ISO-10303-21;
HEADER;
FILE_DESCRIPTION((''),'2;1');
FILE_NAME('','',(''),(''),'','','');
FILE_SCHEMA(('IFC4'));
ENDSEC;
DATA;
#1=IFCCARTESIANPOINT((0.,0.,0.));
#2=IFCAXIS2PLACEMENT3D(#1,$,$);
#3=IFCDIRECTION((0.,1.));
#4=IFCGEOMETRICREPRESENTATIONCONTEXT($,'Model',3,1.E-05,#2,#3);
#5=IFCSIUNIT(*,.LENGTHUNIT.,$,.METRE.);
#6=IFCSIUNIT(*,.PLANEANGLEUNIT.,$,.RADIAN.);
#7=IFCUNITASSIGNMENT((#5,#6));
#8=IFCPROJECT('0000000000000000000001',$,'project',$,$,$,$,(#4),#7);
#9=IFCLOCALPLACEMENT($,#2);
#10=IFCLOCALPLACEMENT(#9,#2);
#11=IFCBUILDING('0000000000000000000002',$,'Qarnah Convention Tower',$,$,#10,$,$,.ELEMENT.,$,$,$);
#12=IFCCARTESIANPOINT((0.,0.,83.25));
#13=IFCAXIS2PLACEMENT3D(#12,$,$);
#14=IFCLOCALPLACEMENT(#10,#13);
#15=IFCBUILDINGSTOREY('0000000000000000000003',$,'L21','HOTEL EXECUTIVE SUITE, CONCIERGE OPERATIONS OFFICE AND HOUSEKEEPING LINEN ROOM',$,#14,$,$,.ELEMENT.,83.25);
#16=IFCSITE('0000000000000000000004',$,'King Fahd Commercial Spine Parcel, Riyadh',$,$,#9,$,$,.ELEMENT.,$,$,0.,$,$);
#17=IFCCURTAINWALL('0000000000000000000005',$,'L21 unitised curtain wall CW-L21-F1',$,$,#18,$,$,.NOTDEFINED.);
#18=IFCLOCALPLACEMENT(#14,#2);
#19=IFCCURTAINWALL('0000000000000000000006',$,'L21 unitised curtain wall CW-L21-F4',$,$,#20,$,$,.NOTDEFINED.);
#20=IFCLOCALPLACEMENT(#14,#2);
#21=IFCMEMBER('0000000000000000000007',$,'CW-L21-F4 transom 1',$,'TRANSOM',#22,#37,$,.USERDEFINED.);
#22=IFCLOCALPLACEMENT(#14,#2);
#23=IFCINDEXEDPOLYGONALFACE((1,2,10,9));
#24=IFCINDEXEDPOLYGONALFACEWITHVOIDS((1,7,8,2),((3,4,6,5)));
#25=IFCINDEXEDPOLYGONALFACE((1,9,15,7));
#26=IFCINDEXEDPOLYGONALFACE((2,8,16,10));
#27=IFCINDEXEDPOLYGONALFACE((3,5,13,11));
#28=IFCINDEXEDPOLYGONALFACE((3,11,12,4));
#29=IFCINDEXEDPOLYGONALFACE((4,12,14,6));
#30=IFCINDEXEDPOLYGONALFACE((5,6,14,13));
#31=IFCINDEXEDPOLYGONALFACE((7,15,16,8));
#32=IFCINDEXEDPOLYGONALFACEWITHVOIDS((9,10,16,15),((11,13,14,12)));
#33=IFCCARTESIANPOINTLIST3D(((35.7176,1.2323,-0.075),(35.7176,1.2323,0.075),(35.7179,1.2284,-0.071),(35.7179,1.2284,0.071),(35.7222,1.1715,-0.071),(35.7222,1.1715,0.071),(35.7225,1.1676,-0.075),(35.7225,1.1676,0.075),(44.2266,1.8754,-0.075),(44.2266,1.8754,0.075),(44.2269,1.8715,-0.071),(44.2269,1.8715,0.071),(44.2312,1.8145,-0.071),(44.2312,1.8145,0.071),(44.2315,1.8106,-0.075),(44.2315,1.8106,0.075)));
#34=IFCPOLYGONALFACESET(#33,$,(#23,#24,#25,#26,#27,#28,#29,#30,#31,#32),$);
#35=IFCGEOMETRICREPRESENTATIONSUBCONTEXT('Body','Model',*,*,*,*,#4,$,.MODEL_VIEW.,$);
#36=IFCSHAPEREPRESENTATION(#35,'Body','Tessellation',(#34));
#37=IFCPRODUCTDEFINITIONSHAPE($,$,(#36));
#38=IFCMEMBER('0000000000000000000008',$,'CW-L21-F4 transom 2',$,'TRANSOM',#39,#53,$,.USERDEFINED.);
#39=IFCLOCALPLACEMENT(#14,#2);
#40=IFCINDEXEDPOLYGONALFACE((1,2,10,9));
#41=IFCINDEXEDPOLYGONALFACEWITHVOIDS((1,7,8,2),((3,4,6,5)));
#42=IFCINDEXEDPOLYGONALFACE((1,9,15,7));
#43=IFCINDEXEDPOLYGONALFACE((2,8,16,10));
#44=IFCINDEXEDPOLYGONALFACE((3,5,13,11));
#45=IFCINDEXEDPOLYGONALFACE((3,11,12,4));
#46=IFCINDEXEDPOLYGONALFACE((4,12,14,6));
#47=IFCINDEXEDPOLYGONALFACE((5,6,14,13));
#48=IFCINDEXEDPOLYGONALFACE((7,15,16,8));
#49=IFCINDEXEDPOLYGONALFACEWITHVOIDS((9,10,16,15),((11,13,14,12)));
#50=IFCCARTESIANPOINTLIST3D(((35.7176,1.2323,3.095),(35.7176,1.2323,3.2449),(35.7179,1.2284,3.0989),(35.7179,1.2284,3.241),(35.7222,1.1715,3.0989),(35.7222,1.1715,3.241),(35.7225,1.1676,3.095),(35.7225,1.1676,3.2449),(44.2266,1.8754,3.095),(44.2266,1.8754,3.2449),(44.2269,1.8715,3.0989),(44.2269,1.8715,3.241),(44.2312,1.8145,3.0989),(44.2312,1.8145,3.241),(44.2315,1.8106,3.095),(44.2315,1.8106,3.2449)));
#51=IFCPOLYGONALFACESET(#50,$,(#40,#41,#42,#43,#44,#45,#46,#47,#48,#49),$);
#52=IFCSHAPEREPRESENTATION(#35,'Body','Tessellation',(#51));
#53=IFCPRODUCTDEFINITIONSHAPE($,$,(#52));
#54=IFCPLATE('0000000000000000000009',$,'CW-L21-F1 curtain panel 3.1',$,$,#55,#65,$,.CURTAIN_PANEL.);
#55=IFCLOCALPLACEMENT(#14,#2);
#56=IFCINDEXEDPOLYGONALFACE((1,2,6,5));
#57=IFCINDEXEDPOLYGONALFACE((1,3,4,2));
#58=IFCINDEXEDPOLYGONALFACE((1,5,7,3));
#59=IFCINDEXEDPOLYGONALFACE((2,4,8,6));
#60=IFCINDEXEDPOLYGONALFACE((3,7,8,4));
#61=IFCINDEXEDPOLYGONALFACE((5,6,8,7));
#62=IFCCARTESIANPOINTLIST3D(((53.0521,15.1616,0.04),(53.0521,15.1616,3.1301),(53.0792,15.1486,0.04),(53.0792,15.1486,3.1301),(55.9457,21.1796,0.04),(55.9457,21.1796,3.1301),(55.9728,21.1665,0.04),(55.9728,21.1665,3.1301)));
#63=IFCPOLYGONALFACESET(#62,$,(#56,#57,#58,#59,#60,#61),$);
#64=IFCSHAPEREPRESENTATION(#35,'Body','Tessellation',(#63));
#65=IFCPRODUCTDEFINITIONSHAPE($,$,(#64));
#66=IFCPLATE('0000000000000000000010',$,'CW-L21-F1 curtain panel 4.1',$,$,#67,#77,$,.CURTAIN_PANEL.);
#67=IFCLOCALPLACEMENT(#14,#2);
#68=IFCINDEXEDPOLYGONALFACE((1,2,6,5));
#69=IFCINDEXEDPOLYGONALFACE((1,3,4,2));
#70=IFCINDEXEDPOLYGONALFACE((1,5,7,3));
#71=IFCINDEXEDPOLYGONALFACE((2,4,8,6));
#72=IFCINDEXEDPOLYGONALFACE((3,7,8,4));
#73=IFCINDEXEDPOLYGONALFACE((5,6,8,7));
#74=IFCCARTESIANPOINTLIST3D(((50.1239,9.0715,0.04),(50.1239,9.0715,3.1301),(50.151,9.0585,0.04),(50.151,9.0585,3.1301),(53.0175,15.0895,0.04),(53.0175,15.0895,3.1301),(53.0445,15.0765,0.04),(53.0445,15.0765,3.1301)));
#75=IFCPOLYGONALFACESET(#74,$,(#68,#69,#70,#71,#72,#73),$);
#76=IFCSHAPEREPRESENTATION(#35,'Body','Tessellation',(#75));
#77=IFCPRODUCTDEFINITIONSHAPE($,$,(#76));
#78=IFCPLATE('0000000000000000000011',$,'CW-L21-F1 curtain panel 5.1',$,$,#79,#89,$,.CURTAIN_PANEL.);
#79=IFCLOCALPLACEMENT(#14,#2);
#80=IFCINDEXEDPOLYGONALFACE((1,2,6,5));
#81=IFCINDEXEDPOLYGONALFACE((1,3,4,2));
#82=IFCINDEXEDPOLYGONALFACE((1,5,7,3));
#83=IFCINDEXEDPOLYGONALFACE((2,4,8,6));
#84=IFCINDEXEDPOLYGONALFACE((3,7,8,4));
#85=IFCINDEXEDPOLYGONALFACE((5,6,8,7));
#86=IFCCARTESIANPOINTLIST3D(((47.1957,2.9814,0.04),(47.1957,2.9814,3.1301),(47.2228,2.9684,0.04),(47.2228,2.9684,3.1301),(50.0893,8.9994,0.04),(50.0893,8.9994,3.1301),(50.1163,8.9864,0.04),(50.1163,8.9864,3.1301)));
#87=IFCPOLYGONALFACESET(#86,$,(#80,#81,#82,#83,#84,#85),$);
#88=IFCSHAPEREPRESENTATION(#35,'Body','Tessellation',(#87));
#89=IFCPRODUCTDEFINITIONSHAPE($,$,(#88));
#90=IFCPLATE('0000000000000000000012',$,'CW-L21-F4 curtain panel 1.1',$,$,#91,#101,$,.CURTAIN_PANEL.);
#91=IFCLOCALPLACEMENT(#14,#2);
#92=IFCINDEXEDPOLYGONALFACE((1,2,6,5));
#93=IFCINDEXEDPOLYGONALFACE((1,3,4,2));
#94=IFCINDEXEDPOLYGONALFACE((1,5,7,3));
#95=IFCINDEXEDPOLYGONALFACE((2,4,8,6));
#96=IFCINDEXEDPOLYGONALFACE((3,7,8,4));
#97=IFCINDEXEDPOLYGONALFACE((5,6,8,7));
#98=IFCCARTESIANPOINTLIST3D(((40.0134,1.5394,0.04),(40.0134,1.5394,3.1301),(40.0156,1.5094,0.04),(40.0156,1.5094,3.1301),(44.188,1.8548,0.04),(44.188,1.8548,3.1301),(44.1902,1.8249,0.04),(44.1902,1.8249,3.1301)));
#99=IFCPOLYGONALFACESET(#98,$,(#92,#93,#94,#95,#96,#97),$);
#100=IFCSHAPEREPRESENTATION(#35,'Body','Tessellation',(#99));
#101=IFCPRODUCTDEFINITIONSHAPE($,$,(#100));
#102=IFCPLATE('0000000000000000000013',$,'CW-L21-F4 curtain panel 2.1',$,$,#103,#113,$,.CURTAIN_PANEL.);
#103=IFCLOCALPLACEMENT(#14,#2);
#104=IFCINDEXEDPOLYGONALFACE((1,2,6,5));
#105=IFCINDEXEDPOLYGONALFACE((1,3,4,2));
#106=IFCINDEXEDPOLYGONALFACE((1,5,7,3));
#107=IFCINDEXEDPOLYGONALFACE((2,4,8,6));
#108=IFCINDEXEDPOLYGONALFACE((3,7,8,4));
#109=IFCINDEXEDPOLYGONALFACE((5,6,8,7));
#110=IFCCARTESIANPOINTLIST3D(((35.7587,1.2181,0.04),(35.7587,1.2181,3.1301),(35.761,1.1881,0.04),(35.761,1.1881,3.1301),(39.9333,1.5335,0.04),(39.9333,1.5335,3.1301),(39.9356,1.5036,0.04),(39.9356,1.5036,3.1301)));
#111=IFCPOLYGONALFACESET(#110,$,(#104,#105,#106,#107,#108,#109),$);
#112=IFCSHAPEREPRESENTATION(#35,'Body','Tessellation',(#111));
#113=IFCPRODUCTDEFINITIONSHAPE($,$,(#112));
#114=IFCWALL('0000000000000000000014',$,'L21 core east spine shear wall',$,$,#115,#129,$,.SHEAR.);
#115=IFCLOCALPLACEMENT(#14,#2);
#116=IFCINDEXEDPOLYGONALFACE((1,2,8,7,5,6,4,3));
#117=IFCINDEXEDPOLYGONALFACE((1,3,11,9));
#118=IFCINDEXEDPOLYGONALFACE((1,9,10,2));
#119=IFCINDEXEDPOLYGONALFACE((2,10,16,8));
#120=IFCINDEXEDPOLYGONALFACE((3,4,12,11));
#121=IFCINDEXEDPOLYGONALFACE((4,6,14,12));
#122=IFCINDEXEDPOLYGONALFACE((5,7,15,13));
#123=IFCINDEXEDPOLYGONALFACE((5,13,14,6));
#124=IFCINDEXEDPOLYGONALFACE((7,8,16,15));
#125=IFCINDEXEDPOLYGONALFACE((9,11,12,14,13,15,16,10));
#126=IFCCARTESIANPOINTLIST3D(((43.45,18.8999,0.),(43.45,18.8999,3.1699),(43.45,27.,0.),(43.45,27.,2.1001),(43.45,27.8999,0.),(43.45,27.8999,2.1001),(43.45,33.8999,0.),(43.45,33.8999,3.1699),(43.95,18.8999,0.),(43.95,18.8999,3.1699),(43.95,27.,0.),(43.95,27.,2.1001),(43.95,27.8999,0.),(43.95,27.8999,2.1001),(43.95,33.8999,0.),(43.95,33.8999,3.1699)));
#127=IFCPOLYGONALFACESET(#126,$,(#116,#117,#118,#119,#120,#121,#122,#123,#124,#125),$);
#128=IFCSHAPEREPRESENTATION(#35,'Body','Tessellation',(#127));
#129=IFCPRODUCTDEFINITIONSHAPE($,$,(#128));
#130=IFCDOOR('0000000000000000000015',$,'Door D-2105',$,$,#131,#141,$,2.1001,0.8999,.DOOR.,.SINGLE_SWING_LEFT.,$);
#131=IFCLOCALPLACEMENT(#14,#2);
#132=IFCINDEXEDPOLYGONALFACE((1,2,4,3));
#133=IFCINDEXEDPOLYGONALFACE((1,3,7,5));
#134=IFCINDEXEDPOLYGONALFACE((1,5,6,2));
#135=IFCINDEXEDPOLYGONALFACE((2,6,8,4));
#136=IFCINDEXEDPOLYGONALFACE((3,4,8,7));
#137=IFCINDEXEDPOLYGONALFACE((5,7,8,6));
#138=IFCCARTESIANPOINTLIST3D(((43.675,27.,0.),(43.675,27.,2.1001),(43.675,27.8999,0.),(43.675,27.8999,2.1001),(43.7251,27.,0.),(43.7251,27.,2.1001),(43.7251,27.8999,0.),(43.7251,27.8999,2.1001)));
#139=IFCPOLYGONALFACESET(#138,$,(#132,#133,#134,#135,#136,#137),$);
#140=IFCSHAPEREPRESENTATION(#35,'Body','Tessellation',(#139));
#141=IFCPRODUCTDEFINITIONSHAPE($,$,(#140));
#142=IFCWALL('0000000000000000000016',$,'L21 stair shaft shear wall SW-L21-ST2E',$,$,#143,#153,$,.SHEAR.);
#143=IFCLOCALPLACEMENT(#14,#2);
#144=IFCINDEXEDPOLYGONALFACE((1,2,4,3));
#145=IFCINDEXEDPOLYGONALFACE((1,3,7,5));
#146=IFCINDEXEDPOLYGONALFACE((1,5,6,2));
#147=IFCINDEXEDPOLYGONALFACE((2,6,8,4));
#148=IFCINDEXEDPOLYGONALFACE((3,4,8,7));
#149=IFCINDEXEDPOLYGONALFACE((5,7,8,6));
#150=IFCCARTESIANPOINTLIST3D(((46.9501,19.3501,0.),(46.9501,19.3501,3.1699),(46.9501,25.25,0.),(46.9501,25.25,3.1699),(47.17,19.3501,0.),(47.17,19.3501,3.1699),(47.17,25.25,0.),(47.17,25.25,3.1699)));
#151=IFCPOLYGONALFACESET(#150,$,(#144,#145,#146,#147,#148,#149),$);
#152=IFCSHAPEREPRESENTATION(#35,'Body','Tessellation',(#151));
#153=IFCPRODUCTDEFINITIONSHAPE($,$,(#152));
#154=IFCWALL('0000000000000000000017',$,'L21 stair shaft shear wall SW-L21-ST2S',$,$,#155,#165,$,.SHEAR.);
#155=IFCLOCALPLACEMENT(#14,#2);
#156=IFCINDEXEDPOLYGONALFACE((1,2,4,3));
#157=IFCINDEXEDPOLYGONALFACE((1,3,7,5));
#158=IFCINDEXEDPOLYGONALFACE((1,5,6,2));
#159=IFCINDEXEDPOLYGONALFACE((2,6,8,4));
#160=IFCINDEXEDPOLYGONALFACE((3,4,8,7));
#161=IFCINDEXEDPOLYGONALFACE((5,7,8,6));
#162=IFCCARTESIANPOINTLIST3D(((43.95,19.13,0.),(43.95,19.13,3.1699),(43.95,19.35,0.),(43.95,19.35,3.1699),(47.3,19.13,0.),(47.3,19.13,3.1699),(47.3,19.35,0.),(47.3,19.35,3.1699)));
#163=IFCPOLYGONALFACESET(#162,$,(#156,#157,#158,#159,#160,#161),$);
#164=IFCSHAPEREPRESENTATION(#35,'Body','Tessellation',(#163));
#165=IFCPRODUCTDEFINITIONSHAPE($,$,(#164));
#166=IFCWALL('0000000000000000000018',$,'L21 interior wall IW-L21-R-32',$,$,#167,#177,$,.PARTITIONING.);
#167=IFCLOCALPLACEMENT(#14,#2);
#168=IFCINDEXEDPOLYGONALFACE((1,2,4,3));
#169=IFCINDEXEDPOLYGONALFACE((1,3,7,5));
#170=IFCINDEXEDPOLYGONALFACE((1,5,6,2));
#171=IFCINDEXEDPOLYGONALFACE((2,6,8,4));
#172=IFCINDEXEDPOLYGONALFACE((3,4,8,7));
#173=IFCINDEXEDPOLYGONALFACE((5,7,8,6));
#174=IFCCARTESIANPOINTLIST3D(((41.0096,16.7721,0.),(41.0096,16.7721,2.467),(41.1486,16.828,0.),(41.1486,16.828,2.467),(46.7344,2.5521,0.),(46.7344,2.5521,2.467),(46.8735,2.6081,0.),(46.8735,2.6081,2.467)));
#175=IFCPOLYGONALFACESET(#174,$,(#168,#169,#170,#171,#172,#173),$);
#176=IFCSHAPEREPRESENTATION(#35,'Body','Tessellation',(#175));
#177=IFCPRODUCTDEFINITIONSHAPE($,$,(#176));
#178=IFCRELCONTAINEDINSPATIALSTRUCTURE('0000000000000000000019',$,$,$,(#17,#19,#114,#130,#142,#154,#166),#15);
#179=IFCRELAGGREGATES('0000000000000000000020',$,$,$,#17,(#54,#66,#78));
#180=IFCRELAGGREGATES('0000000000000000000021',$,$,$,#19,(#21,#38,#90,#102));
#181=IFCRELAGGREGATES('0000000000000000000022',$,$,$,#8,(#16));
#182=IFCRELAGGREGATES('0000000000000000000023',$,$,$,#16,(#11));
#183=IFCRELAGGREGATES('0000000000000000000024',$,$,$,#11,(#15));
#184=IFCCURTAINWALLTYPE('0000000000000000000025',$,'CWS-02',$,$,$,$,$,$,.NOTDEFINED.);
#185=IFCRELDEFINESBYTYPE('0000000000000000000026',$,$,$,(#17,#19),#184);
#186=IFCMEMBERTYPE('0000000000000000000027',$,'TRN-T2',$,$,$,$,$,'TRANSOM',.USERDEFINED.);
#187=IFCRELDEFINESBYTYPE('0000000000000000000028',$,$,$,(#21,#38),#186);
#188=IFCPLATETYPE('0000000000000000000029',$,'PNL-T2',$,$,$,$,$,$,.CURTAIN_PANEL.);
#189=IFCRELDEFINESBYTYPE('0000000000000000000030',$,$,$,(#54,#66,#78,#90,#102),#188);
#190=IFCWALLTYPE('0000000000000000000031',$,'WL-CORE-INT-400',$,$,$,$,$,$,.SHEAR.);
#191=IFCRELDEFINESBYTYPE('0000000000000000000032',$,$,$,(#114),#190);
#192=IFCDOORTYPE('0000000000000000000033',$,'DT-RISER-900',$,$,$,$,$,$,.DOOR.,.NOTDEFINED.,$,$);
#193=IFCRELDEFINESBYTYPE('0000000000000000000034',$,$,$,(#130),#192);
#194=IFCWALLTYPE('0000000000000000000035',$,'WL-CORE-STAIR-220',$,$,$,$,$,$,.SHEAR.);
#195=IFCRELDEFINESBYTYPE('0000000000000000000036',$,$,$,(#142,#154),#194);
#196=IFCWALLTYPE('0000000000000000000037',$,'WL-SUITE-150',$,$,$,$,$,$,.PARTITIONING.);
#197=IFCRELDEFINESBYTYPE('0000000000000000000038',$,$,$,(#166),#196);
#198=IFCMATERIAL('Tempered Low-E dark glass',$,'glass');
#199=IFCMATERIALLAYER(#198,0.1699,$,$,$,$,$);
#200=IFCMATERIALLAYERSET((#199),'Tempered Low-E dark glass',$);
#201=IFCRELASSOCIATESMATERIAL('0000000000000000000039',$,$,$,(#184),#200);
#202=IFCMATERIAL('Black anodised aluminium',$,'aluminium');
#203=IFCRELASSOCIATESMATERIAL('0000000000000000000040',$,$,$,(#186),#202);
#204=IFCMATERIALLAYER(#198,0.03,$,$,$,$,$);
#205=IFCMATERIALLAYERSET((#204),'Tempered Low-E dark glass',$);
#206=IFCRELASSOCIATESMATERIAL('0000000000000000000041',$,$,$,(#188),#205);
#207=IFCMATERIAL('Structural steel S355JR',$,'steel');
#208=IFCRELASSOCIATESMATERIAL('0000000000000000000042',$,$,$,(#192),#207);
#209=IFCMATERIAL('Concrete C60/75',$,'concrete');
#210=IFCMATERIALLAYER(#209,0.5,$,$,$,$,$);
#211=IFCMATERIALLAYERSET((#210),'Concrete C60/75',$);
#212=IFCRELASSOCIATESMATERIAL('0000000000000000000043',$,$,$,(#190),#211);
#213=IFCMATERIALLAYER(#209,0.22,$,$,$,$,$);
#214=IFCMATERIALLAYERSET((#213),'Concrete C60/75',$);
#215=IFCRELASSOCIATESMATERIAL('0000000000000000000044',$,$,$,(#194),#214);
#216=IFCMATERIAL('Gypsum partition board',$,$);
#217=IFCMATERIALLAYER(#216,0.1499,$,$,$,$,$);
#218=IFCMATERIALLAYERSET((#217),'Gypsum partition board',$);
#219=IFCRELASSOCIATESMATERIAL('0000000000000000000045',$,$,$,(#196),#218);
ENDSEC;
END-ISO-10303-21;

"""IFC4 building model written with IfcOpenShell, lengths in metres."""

from ifc_helpers import new_model, si_unit, direction, frame, frame_2d, origin, origin_2d, place, context, subcontext, project, spatial, rectangle, hollow_rectangle, extrude, material, layer, layer_set, material_profile, profile_set, type_object, element, fill, aggregate, save


model = new_model("IFC4")

# Units and contexts
model_context = context("Model", 3, precision=1e-05, world=origin(), true_north=direction((0.0, 1.0)))
body_context = subcontext(model_context, "Body", "Model", "MODEL_VIEW")
ifc_project = project(units=[si_unit("LENGTHUNIT", "METRE"), si_unit("PLANEANGLEUNIT", "RADIAN")], contexts=[model_context])

# Site, building, storey
site_placement = place(None, origin())
site = spatial("IfcSite", under=ifc_project, at=site_placement, Name="King Fahd Commercial Spine Parcel, Riyadh", CompositionType="ELEMENT", RefElevation=0.0)
building_placement = place(site_placement, origin())
building = spatial("IfcBuilding", under=site, at=building_placement, Name="Qarnah Convention Tower", CompositionType="ELEMENT")
storey_placement = place(building_placement, frame((0.0, 0.0, 83.25)))
storey = spatial("IfcBuildingStorey", under=building, at=storey_placement, Name="L21", Description="HOTEL EXECUTIVE SUITE, CONCIERGE OPERATIONS OFFICE AND HOUSEKEEPING LINEN ROOM", CompositionType="ELEMENT", Elevation=83.25)

# Shared definitions
ifc_material_1 = material(Name="Concrete C60/75", Category="concrete")

# Shared definitions
ifc_material_2 = material(Name="Structural steel S355JR", Category="steel")

# Curtain walls, members
ifc_material_3 = material(Name="Tempered Low-E dark glass", Category="glass")
ifc_layer_1 = layer(ifc_material_3, 0.1699)
ifc_layer_set_1 = layer_set([ifc_layer_1], Name="Tempered Low-E dark glass")
curtain_wall_type = type_object("IfcCurtainWallType", Name="CWS-02", PredefinedType="NOTDEFINED", material=ifc_layer_set_1)
curtain_wall_1_placement = place(storey_placement, origin())
curtain_wall_1 = element("IfcCurtainWall", 1, at=curtain_wall_1_placement, inside=storey, type_object=curtain_wall_type, Name="L21 unitised curtain wall CW-L21-F1", PredefinedType="NOTDEFINED")
ifc_material_4 = material(Name="Black anodised aluminium", Category="aluminium")
curtain_wall_2_placement = place(storey_placement, origin())
curtain_wall_2 = element("IfcCurtainWall", 2, at=curtain_wall_2_placement, inside=storey, type_object=curtain_wall_type, Name="L21 unitised curtain wall CW-L21-F4", PredefinedType="NOTDEFINED")
ifc_material_profile_1 = material_profile(ifc_material_4, hollow_rectangle(XDim=0.0649, YDim=0.1499, WallThickness=0.0039, at=origin_2d()), Name="TRN-65X150")
ifc_profile_set_1 = profile_set([ifc_material_profile_1], Name="Black anodised aluminium")
member_type_1 = type_object("IfcMemberType", Name="TRN-T2", ElementType="TRANSOM", PredefinedType="USERDEFINED", material=ifc_profile_set_1)
member_1_placement = place(storey_placement, frame((44.229, 1.843, 0.0), z_axis=(-0.997156, -0.07536, 0.0), x_axis=(0.07536, -0.997156, 0.0)))
member_1 = element("IfcMember", 3, at=member_1_placement, type_object=member_type_1, Name="CW-L21-F4 transom 1", ObjectType="TRANSOM", PredefinedType="USERDEFINED", context=body_context, shape_type="SweptSolid", body=[
    extrude(hollow_rectangle(XDim=0.0649, YDim=0.1499, WallThickness=0.0039, at=origin_2d()), origin(), (0.0, 0.0, 1.0), 8.5332),
])
member_2_placement = place(storey_placement, frame((44.229, 1.843, 3.1699), z_axis=(-0.997156, -0.07536, 0.0), x_axis=(0.07536, -0.997156, 0.0)))
member_2 = element("IfcMember", 4, at=member_2_placement, type_object=member_type_1, Name="CW-L21-F4 transom 2", ObjectType="TRANSOM", PredefinedType="USERDEFINED", context=body_context, shape_type="SweptSolid", body=[
    extrude(hollow_rectangle(XDim=0.0649, YDim=0.1499, WallThickness=0.0039, at=origin_2d()), origin(), (0.0, 0.0, 1.0), 8.5332),
])

# Plates
ifc_layer_2 = layer(ifc_material_3, 0.03)
ifc_layer_set_2 = layer_set([ifc_layer_2], Name="Tempered Low-E dark glass")
plate_type = type_object("IfcPlateType", Name="PNL-T2", PredefinedType="CURTAIN_PANEL", material=ifc_layer_set_2)
plate_1_placement = place(storey_placement, frame((54.5125, 18.1641, 0.04), z_axis=(0.0, 0.0, 1.0), x_axis=(-0.433332, -0.901234, 0.0)))
plate_1 = element("IfcPlate", 5, at=plate_1_placement, type_object=plate_type, Name="CW-L21-F1 curtain panel 3.1", PredefinedType="CURTAIN_PANEL", context=body_context, shape_type="SweptSolid", body=[
    extrude(rectangle(XDim=6.6775, YDim=0.03, at=origin_2d()), origin(), (0.0, 0.0, 1.0), 3.0901),
])
plate_2_placement = place(storey_placement, frame((51.5842, 12.074, 0.04), z_axis=(0.0, 0.0, 1.0), x_axis=(-0.433332, -0.901234, 0.0)))
plate_2 = element("IfcPlate", 6, at=plate_2_placement, type_object=plate_type, Name="CW-L21-F1 curtain panel 4.1", PredefinedType="CURTAIN_PANEL", context=body_context, shape_type="SweptSolid", body=[
    extrude(rectangle(XDim=6.6775, YDim=0.03, at=origin_2d()), origin(), (0.0, 0.0, 1.0), 3.0901),
])
plate_3_placement = place(storey_placement, frame((48.656, 5.9839, 0.04), z_axis=(0.0, 0.0, 1.0), x_axis=(-0.433332, -0.901234, 0.0)))
plate_3 = element("IfcPlate", 7, at=plate_3_placement, type_object=plate_type, Name="CW-L21-F1 curtain panel 5.1", PredefinedType="CURTAIN_PANEL", context=body_context, shape_type="SweptSolid", body=[
    extrude(rectangle(XDim=6.6775, YDim=0.03, at=origin_2d()), origin(), (0.0, 0.0, 1.0), 3.0901),
])
aggregate(curtain_wall_1, [plate_1, plate_2, plate_3])
plate_4_placement = place(storey_placement, frame((42.1018, 1.6821, 0.04), z_axis=(0.0, 0.0, 1.0), x_axis=(-0.997157, -0.075352, 0.0)))
plate_4 = element("IfcPlate", 8, at=plate_4_placement, type_object=plate_type, Name="CW-L21-F4 curtain panel 1.1", PredefinedType="CURTAIN_PANEL", context=body_context, shape_type="SweptSolid", body=[
    extrude(rectangle(XDim=4.1865, YDim=0.03, at=origin_2d()), origin(), (0.0, 0.0, 1.0), 3.0901),
])
plate_5_placement = place(storey_placement, frame((37.8472, 1.3608, 0.04), z_axis=(0.0, 0.0, 1.0), x_axis=(-0.997157, -0.075352, 0.0)))
plate_5 = element("IfcPlate", 9, at=plate_5_placement, type_object=plate_type, Name="CW-L21-F4 curtain panel 2.1", PredefinedType="CURTAIN_PANEL", context=body_context, shape_type="SweptSolid", body=[
    extrude(rectangle(XDim=4.1865, YDim=0.03, at=origin_2d()), origin(), (0.0, 0.0, 1.0), 3.0901),
])
aggregate(curtain_wall_2, [member_1, member_2, plate_4, plate_5])

# Shared definitions
door_type_1 = type_object("IfcDoorType", Name="DT-RISER-900", OperationType="NOTDEFINED", PredefinedType="DOOR", material=ifc_material_2)

# Wall, opening, door
ifc_layer_3 = layer(ifc_material_1, 0.5)
ifc_layer_set_3 = layer_set([ifc_layer_3], Name="Concrete C60/75")
wall_type_1 = type_object("IfcWallType", Name="WL-CORE-INT-400", PredefinedType="SHEAR", material=ifc_layer_set_3)
wall_1_placement = place(storey_placement, frame((43.7, 18.8999, 0.0), z_axis=(0.0, 0.0, 1.0), x_axis=(0.0, 1.0, 0.0)))
wall_1 = element("IfcWall", 10, at=wall_1_placement, inside=storey, type_object=wall_type_1, Name="L21 core east spine shear wall", PredefinedType="SHEAR", context=body_context, shape_type="SweptSolid", body=[
    extrude(rectangle(XDim=15.0, YDim=0.5, at=frame_2d((7.5, 0.0))), origin(), (0.0, 0.0, 1.0), 3.1699),
])
opening_1_placement = place(wall_1_placement, frame((8.1001, 0.0, 0.0)))
opening_1 = element("IfcOpeningElement", 11, at=opening_1_placement, cuts=wall_1, PredefinedType="OPENING", context=body_context, shape_type="SweptSolid", body=[
    extrude(rectangle(XDim=0.8999, YDim=2.1001, at=frame_2d((0.45, 1.05))), frame((0.0, 0.26, 0.0), z_axis=(0.0, -1.0, 0.0), x_axis=(1.0, 0.0, 0.0)), (0.0, 0.0, 1.0), 0.52),
])
door_1_placement = place(opening_1_placement, origin())
door_1 = element("IfcDoor", 12, at=door_1_placement, inside=storey, type_object=door_type_1, Name="Door D-2105", OperationType="SINGLE_SWING_LEFT", OverallHeight=2.1001, OverallWidth=0.8999, PredefinedType="DOOR", context=body_context, shape_type="SweptSolid", body=[
    extrude(rectangle(XDim=0.8999, YDim=2.1001, at=frame_2d((0.45, 1.05))), frame((0.0, 0.0249, 0.0), z_axis=(0.0, -1.0, 0.0), x_axis=(1.0, 0.0, 0.0)), (0.0, 0.0, 1.0), 0.05),
])
fill(opening_1, door_1)

# Walls
ifc_layer_4 = layer(ifc_material_1, 0.22)
ifc_layer_set_4 = layer_set([ifc_layer_4], Name="Concrete C60/75")
wall_type_2 = type_object("IfcWallType", Name="WL-CORE-STAIR-220", PredefinedType="SHEAR", material=ifc_layer_set_4)
wall_2_placement = place(storey_placement, frame((47.0601, 19.3501, 0.0), z_axis=(0.0, 0.0, 1.0), x_axis=(0.0, 1.0, 0.0)))
element("IfcWall", 13, at=wall_2_placement, inside=storey, type_object=wall_type_2, Name="L21 stair shaft shear wall SW-L21-ST2E", PredefinedType="SHEAR", context=body_context, shape_type="SweptSolid", body=[
    extrude(rectangle(XDim=5.8999, YDim=0.22, at=frame_2d((2.95, 0.0))), origin(), (0.0, 0.0, 1.0), 3.1699),
])
wall_3_placement = place(storey_placement, frame((43.95, 19.24, 0.0), z_axis=(0.0, 0.0, 1.0), x_axis=(1.0, 0.0, 0.0)))
element("IfcWall", 14, at=wall_3_placement, inside=storey, type_object=wall_type_2, Name="L21 stair shaft shear wall SW-L21-ST2S", PredefinedType="SHEAR", context=body_context, shape_type="SweptSolid", body=[
    extrude(rectangle(XDim=3.3501, YDim=0.22, at=frame_2d((1.675, 0.0))), origin(), (0.0, 0.0, 1.0), 3.1699),
])
ifc_material_5 = material(Name="Gypsum partition board")
ifc_layer_5 = layer(ifc_material_5, 0.1499)
ifc_layer_set_5 = layer_set([ifc_layer_5], Name="Gypsum partition board")
wall_type_3 = type_object("IfcWallType", Name="WL-SUITE-150", PredefinedType="PARTITIONING", material=ifc_layer_set_5)
wall_4_placement = place(storey_placement, frame((46.804, 2.5801, 0.0), z_axis=(0.0, 0.0, 1.0), x_axis=(-0.373463, 0.927645, 0.0)))
element("IfcWall", 15, at=wall_4_placement, inside=storey, type_object=wall_type_3, Name="L21 interior wall IW-L21-R-32", PredefinedType="PARTITIONING", context=body_context, shape_type="SweptSolid", body=[
    extrude(rectangle(XDim=15.3291, YDim=0.1499, at=frame_2d((7.6646, 0.0))), origin(), (0.0, 0.0, 1.0), 2.467),
])

save(model, "model.ifc")
